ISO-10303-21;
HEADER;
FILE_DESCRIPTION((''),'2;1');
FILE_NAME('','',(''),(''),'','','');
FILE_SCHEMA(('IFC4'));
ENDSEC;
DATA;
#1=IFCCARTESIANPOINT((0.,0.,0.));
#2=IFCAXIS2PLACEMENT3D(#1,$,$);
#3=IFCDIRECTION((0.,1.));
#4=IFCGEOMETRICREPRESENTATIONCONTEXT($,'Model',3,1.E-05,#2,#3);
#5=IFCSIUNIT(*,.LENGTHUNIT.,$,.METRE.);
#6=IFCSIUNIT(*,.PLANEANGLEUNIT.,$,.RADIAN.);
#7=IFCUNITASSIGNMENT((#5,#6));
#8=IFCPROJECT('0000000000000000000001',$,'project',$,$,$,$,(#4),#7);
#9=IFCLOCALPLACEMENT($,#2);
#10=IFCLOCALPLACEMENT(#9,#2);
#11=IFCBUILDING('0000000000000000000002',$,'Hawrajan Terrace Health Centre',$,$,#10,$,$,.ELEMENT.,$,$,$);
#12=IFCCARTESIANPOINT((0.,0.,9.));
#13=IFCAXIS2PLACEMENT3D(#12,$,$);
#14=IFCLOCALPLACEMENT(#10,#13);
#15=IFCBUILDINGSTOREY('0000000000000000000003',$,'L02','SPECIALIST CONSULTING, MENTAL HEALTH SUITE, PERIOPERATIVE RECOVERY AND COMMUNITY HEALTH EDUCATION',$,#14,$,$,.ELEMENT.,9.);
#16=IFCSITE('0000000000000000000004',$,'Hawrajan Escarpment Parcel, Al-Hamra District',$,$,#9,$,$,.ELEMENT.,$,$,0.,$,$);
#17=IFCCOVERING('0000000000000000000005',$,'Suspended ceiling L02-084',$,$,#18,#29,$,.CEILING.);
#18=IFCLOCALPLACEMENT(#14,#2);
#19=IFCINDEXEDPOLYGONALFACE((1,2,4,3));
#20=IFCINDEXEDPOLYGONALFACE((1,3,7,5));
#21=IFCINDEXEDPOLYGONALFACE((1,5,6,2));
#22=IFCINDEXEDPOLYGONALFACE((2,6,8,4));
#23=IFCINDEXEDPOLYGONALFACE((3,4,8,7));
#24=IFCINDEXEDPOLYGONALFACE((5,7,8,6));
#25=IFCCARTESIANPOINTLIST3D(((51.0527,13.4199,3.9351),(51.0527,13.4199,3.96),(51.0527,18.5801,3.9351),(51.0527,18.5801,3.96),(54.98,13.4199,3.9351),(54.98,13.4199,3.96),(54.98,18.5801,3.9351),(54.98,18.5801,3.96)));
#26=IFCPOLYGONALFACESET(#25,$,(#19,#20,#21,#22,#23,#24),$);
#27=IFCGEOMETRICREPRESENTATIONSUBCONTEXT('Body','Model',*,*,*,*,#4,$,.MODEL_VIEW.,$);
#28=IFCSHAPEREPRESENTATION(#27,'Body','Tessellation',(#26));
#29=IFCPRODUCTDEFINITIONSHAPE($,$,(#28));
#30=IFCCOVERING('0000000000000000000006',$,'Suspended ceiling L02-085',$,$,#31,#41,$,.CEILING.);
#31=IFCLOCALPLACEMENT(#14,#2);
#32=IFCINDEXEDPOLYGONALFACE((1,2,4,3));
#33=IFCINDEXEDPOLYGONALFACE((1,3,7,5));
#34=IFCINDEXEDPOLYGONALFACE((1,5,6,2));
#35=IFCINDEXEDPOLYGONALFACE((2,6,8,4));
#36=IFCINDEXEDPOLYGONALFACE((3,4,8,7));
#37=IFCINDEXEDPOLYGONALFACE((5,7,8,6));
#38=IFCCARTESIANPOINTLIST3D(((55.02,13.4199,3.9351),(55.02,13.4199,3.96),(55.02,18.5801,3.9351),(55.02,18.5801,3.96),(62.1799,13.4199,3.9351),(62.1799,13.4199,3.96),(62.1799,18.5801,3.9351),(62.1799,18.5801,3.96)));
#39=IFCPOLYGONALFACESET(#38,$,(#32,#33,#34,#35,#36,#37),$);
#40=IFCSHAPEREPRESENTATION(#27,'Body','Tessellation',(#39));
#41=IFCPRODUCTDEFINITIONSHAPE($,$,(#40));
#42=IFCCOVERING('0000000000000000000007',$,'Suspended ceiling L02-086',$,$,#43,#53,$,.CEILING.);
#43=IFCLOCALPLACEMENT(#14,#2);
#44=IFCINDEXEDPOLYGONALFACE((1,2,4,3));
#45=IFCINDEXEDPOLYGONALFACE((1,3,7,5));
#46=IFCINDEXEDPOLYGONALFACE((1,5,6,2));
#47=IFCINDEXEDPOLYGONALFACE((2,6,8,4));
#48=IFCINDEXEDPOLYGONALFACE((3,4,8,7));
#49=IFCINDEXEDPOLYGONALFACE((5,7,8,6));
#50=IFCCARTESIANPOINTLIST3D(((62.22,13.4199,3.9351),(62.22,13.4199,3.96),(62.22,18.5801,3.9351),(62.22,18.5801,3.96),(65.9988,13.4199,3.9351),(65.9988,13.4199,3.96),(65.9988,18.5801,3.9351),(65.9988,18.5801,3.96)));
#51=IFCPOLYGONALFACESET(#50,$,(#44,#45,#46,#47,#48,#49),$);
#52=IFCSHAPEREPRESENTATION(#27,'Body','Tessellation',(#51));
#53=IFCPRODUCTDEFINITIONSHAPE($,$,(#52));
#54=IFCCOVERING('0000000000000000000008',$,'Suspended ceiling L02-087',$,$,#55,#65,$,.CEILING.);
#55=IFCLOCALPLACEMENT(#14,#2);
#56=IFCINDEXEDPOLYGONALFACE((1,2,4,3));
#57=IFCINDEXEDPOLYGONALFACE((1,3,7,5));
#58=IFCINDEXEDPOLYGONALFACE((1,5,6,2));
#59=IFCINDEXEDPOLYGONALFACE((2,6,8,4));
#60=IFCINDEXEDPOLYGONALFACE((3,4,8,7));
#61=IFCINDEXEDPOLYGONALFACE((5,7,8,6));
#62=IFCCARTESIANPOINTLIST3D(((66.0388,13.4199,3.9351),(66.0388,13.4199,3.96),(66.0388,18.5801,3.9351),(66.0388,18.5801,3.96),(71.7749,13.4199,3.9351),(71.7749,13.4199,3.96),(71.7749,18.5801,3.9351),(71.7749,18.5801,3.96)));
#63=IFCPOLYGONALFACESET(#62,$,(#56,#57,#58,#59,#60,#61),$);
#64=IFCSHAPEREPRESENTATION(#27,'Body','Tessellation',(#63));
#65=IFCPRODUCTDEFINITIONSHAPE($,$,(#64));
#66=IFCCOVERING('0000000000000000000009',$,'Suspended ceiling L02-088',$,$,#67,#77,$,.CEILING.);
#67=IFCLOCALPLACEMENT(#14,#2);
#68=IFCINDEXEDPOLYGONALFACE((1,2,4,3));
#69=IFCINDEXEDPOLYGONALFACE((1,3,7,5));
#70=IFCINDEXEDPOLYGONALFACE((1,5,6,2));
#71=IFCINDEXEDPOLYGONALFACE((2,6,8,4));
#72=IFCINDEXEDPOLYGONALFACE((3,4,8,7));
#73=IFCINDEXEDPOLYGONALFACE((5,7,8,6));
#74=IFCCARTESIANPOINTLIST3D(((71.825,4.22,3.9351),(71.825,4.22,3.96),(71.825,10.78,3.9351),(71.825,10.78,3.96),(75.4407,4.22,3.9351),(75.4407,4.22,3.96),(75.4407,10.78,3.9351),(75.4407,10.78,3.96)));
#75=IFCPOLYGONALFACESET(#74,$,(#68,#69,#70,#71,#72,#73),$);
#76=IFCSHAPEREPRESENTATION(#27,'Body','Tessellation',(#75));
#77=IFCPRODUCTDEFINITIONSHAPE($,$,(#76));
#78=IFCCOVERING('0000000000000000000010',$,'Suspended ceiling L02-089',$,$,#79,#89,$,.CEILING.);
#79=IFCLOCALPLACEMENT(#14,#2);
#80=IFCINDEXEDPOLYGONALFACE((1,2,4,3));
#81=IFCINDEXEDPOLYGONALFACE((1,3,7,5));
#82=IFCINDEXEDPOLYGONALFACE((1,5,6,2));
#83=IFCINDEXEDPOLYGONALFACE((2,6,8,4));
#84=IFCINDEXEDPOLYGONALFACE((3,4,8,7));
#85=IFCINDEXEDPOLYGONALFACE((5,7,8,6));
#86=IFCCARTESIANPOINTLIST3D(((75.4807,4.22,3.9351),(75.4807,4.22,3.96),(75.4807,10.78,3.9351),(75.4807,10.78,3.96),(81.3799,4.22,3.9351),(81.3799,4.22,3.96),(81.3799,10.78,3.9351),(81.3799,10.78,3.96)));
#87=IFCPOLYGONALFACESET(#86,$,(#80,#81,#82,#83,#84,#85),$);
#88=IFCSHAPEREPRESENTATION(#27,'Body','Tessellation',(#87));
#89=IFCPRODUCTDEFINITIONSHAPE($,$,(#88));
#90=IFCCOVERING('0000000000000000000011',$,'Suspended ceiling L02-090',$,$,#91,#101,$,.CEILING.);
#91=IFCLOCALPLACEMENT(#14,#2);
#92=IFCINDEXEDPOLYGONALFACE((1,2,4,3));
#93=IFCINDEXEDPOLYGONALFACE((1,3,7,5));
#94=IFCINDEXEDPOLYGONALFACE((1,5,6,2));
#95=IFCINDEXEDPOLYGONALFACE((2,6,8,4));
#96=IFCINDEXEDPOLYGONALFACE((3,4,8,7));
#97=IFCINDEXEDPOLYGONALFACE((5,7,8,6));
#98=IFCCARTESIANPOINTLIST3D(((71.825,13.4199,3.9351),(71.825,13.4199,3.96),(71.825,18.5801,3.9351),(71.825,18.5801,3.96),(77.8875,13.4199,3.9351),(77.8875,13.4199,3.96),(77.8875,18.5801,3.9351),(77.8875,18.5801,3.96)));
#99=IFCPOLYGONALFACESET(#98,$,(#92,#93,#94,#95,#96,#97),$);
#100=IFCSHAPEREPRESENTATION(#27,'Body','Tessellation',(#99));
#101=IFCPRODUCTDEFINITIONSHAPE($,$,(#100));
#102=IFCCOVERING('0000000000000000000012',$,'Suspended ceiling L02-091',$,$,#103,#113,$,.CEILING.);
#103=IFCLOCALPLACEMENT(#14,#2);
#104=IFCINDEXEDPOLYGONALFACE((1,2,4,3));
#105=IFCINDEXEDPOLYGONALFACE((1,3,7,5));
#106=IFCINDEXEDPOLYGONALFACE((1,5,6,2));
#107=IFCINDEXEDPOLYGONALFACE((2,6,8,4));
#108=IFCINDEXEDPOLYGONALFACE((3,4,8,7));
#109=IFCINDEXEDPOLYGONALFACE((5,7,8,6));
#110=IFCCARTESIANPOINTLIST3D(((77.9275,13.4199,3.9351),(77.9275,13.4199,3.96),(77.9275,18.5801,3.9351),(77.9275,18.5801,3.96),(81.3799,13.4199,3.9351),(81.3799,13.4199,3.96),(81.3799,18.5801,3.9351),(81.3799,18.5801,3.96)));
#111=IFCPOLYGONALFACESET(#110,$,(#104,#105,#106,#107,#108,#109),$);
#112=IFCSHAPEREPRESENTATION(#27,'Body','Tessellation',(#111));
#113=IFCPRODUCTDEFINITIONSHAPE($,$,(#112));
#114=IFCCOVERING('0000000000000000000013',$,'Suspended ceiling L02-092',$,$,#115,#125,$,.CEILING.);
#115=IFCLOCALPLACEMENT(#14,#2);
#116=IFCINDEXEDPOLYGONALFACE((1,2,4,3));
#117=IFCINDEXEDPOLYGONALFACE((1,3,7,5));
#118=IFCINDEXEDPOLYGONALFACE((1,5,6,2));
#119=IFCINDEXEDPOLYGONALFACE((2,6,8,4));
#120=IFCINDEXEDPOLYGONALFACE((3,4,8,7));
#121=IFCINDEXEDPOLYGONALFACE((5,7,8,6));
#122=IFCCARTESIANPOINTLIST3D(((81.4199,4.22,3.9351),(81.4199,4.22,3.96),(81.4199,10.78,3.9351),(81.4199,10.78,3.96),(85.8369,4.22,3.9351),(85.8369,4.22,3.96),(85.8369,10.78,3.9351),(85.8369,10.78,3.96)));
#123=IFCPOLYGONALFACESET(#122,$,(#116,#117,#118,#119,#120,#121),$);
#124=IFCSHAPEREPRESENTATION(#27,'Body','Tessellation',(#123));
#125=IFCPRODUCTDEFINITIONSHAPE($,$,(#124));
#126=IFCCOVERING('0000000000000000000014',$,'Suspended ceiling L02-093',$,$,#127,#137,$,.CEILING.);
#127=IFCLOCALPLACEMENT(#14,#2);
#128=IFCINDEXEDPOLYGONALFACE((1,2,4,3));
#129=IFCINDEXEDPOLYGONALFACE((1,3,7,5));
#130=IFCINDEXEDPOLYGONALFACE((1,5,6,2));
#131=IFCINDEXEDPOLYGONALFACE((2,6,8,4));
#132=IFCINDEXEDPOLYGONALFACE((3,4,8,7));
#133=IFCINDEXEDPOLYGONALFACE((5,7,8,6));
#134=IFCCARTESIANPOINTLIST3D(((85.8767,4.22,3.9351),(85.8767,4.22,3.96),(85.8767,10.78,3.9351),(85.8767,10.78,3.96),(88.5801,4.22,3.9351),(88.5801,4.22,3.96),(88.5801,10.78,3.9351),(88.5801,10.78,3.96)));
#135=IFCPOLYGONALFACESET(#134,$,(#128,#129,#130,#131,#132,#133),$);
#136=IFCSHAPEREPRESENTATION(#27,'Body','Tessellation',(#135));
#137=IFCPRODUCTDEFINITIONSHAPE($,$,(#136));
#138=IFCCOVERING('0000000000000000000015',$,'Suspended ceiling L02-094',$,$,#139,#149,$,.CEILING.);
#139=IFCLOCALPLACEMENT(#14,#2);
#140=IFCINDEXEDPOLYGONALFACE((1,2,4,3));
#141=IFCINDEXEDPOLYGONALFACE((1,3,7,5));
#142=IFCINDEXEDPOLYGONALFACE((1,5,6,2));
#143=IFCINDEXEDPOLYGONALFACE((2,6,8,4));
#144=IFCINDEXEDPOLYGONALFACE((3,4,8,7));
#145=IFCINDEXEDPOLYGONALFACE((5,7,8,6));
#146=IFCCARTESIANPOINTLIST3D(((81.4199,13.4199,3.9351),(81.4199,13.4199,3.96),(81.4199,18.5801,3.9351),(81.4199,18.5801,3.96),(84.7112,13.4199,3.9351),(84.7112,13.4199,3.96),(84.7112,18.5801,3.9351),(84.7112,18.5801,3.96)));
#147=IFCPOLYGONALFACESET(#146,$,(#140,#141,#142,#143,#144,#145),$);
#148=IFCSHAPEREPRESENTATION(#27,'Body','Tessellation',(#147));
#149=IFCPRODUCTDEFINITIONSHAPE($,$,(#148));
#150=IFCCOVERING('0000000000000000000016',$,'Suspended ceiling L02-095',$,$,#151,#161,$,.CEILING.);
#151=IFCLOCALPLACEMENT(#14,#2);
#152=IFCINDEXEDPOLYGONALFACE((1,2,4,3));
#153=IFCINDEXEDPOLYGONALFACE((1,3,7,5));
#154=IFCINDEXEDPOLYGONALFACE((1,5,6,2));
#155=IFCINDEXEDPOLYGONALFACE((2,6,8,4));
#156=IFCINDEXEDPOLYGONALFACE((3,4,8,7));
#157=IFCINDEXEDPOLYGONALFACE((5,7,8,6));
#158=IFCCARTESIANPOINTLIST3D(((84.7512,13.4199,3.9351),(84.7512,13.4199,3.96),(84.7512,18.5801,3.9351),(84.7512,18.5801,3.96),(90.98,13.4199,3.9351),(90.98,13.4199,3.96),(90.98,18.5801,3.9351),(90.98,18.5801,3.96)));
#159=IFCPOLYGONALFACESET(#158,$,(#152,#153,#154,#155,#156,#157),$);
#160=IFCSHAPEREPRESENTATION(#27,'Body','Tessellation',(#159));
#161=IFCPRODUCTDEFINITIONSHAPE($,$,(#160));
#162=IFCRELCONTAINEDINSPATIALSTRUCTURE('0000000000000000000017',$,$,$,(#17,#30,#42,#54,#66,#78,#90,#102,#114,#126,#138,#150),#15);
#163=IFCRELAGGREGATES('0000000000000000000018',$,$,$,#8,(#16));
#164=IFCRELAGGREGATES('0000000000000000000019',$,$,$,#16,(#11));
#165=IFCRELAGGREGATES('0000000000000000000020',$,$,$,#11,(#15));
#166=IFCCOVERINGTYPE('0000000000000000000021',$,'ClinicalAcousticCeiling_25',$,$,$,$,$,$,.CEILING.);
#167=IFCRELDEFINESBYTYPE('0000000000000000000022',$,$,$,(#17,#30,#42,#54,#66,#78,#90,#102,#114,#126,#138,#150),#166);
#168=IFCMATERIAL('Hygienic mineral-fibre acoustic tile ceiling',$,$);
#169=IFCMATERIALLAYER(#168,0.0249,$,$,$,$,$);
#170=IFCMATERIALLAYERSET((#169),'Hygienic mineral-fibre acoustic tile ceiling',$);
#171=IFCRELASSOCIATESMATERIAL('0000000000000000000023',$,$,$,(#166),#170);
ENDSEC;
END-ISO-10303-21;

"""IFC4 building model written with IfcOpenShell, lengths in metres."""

from ifc_helpers import new_model, si_unit, direction, frame, origin, place, context, subcontext, project, spatial, polyline, outline, extrude, material, layer, layer_set, type_object, element, save


model = new_model("IFC4")

# Units and contexts
model_context = context("Model", 3, precision=1e-05, world=origin(), true_north=direction((0.0, 1.0)))
body_context = subcontext(model_context, "Body", "Model", "MODEL_VIEW")
ifc_project = project(units=[si_unit("LENGTHUNIT", "METRE"), si_unit("PLANEANGLEUNIT", "RADIAN")], contexts=[model_context])

# Site, building, storey
site_placement = place(None, origin())
site = spatial("IfcSite", under=ifc_project, at=site_placement, Name="Hawrajan Escarpment Parcel, Al-Hamra District", CompositionType="ELEMENT", RefElevation=0.0)
building_placement = place(site_placement, origin())
building = spatial("IfcBuilding", under=site, at=building_placement, Name="Hawrajan Terrace Health Centre", CompositionType="ELEMENT")
storey_placement = place(building_placement, frame((0.0, 0.0, 9.0)))
storey = spatial("IfcBuildingStorey", under=building, at=storey_placement, Name="L02", Description="SPECIALIST CONSULTING, MENTAL HEALTH SUITE, PERIOPERATIVE RECOVERY AND COMMUNITY HEALTH EDUCATION", CompositionType="ELEMENT", Elevation=9.0)

# Coverings
ifc_material = material(Name="Hygienic mineral-fibre acoustic tile ceiling")
ifc_layer = layer(ifc_material, 0.0249)
ifc_layer_set = layer_set([ifc_layer], Name="Hygienic mineral-fibre acoustic tile ceiling")
covering_type = type_object("IfcCoveringType", Name="ClinicalAcousticCeiling_25", PredefinedType="CEILING", material=ifc_layer_set)
covering_1_placement = place(storey_placement, frame((0.0, 0.0, 3.9351)))
element("IfcCovering", 1, at=covering_1_placement, inside=storey, type_object=covering_type, Name="Suspended ceiling L02-084", PredefinedType="CEILING", context=body_context, shape_type="SweptSolid", body=[
    extrude(outline(polyline([(51.0527, 18.5801), (54.98, 18.5801), (54.98, 13.4199), (51.0527, 13.4199), (51.0527, 18.5801)])), origin(), (0.0, 0.0, 1.0), 0.0249),
])
covering_2_placement = place(storey_placement, frame((0.0, 0.0, 3.9351)))
element("IfcCovering", 2, at=covering_2_placement, inside=storey, type_object=covering_type, Name="Suspended ceiling L02-085", PredefinedType="CEILING", context=body_context, shape_type="SweptSolid", body=[
    extrude(outline(polyline([(55.02, 18.5801), (62.1799, 18.5801), (62.1799, 13.4199), (55.02, 13.4199), (55.02, 18.5801)])), origin(), (0.0, 0.0, 1.0), 0.0249),
])
covering_3_placement = place(storey_placement, frame((0.0, 0.0, 3.9351)))
element("IfcCovering", 3, at=covering_3_placement, inside=storey, type_object=covering_type, Name="Suspended ceiling L02-086", PredefinedType="CEILING", context=body_context, shape_type="SweptSolid", body=[
    extrude(outline(polyline([(62.22, 18.5801), (65.9988, 18.5801), (65.9988, 13.4199), (62.22, 13.4199), (62.22, 18.5801)])), origin(), (0.0, 0.0, 1.0), 0.0249),
])
covering_4_placement = place(storey_placement, frame((0.0, 0.0, 3.9351)))
element("IfcCovering", 4, at=covering_4_placement, inside=storey, type_object=covering_type, Name="Suspended ceiling L02-087", PredefinedType="CEILING", context=body_context, shape_type="SweptSolid", body=[
    extrude(outline(polyline([(66.0388, 18.5801), (71.7749, 18.5801), (71.7749, 13.4199), (66.0388, 13.4199), (66.0388, 18.5801)])), origin(), (0.0, 0.0, 1.0), 0.0249),
])
covering_5_placement = place(storey_placement, frame((0.0, 0.0, 3.9351)))
element("IfcCovering", 5, at=covering_5_placement, inside=storey, type_object=covering_type, Name="Suspended ceiling L02-088", PredefinedType="CEILING", context=body_context, shape_type="SweptSolid", body=[
    extrude(outline(polyline([(71.825, 10.78), (75.4407, 10.78), (75.4407, 4.22), (71.825, 4.22), (71.825, 10.78)])), origin(), (0.0, 0.0, 1.0), 0.0249),
])
covering_6_placement = place(storey_placement, frame((0.0, 0.0, 3.9351)))
element("IfcCovering", 6, at=covering_6_placement, inside=storey, type_object=covering_type, Name="Suspended ceiling L02-089", PredefinedType="CEILING", context=body_context, shape_type="SweptSolid", body=[
    extrude(outline(polyline([(75.4807, 10.78), (81.3799, 10.78), (81.3799, 4.22), (75.4807, 4.22), (75.4807, 10.78)])), origin(), (0.0, 0.0, 1.0), 0.0249),
])
covering_7_placement = place(storey_placement, frame((0.0, 0.0, 3.9351)))
element("IfcCovering", 7, at=covering_7_placement, inside=storey, type_object=covering_type, Name="Suspended ceiling L02-090", PredefinedType="CEILING", context=body_context, shape_type="SweptSolid", body=[
    extrude(outline(polyline([(71.825, 18.5801), (77.8875, 18.5801), (77.8875, 13.4199), (71.825, 13.4199), (71.825, 18.5801)])), origin(), (0.0, 0.0, 1.0), 0.0249),
])
covering_8_placement = place(storey_placement, frame((0.0, 0.0, 3.9351)))
element("IfcCovering", 8, at=covering_8_placement, inside=storey, type_object=covering_type, Name="Suspended ceiling L02-091", PredefinedType="CEILING", context=body_context, shape_type="SweptSolid", body=[
    extrude(outline(polyline([(77.9275, 18.5801), (81.3799, 18.5801), (81.3799, 13.4199), (77.9275, 13.4199), (77.9275, 18.5801)])), origin(), (0.0, 0.0, 1.0), 0.0249),
])
covering_9_placement = place(storey_placement, frame((0.0, 0.0, 3.9351)))
element("IfcCovering", 9, at=covering_9_placement, inside=storey, type_object=covering_type, Name="Suspended ceiling L02-092", PredefinedType="CEILING", context=body_context, shape_type="SweptSolid", body=[
    extrude(outline(polyline([(81.4199, 10.78), (85.8369, 10.78), (85.8369, 4.22), (81.4199, 4.22), (81.4199, 10.78)])), origin(), (0.0, 0.0, 1.0), 0.0249),
])
covering_10_placement = place(storey_placement, frame((0.0, 0.0, 3.9351)))
element("IfcCovering", 10, at=covering_10_placement, inside=storey, type_object=covering_type, Name="Suspended ceiling L02-093", PredefinedType="CEILING", context=body_context, shape_type="SweptSolid", body=[
    extrude(outline(polyline([(85.8767, 10.78), (88.5801, 10.78), (88.5801, 4.22), (85.8767, 4.22), (85.8767, 10.78)])), origin(), (0.0, 0.0, 1.0), 0.0249),
])
covering_11_placement = place(storey_placement, frame((0.0, 0.0, 3.9351)))
element("IfcCovering", 11, at=covering_11_placement, inside=storey, type_object=covering_type, Name="Suspended ceiling L02-094", PredefinedType="CEILING", context=body_context, shape_type="SweptSolid", body=[
    extrude(outline(polyline([(81.4199, 18.5801), (84.7112, 18.5801), (84.7112, 13.4199), (81.4199, 13.4199), (81.4199, 18.5801)])), origin(), (0.0, 0.0, 1.0), 0.0249),
])
covering_12_placement = place(storey_placement, frame((0.0, 0.0, 3.9351)))
element("IfcCovering", 12, at=covering_12_placement, inside=storey, type_object=covering_type, Name="Suspended ceiling L02-095", PredefinedType="CEILING", context=body_context, shape_type="SweptSolid", body=[
    extrude(outline(polyline([(84.7512, 18.5801), (90.98, 18.5801), (90.98, 13.4199), (84.7512, 13.4199), (84.7512, 18.5801)])), origin(), (0.0, 0.0, 1.0), 0.0249),
])

save(model, "model.ifc")
